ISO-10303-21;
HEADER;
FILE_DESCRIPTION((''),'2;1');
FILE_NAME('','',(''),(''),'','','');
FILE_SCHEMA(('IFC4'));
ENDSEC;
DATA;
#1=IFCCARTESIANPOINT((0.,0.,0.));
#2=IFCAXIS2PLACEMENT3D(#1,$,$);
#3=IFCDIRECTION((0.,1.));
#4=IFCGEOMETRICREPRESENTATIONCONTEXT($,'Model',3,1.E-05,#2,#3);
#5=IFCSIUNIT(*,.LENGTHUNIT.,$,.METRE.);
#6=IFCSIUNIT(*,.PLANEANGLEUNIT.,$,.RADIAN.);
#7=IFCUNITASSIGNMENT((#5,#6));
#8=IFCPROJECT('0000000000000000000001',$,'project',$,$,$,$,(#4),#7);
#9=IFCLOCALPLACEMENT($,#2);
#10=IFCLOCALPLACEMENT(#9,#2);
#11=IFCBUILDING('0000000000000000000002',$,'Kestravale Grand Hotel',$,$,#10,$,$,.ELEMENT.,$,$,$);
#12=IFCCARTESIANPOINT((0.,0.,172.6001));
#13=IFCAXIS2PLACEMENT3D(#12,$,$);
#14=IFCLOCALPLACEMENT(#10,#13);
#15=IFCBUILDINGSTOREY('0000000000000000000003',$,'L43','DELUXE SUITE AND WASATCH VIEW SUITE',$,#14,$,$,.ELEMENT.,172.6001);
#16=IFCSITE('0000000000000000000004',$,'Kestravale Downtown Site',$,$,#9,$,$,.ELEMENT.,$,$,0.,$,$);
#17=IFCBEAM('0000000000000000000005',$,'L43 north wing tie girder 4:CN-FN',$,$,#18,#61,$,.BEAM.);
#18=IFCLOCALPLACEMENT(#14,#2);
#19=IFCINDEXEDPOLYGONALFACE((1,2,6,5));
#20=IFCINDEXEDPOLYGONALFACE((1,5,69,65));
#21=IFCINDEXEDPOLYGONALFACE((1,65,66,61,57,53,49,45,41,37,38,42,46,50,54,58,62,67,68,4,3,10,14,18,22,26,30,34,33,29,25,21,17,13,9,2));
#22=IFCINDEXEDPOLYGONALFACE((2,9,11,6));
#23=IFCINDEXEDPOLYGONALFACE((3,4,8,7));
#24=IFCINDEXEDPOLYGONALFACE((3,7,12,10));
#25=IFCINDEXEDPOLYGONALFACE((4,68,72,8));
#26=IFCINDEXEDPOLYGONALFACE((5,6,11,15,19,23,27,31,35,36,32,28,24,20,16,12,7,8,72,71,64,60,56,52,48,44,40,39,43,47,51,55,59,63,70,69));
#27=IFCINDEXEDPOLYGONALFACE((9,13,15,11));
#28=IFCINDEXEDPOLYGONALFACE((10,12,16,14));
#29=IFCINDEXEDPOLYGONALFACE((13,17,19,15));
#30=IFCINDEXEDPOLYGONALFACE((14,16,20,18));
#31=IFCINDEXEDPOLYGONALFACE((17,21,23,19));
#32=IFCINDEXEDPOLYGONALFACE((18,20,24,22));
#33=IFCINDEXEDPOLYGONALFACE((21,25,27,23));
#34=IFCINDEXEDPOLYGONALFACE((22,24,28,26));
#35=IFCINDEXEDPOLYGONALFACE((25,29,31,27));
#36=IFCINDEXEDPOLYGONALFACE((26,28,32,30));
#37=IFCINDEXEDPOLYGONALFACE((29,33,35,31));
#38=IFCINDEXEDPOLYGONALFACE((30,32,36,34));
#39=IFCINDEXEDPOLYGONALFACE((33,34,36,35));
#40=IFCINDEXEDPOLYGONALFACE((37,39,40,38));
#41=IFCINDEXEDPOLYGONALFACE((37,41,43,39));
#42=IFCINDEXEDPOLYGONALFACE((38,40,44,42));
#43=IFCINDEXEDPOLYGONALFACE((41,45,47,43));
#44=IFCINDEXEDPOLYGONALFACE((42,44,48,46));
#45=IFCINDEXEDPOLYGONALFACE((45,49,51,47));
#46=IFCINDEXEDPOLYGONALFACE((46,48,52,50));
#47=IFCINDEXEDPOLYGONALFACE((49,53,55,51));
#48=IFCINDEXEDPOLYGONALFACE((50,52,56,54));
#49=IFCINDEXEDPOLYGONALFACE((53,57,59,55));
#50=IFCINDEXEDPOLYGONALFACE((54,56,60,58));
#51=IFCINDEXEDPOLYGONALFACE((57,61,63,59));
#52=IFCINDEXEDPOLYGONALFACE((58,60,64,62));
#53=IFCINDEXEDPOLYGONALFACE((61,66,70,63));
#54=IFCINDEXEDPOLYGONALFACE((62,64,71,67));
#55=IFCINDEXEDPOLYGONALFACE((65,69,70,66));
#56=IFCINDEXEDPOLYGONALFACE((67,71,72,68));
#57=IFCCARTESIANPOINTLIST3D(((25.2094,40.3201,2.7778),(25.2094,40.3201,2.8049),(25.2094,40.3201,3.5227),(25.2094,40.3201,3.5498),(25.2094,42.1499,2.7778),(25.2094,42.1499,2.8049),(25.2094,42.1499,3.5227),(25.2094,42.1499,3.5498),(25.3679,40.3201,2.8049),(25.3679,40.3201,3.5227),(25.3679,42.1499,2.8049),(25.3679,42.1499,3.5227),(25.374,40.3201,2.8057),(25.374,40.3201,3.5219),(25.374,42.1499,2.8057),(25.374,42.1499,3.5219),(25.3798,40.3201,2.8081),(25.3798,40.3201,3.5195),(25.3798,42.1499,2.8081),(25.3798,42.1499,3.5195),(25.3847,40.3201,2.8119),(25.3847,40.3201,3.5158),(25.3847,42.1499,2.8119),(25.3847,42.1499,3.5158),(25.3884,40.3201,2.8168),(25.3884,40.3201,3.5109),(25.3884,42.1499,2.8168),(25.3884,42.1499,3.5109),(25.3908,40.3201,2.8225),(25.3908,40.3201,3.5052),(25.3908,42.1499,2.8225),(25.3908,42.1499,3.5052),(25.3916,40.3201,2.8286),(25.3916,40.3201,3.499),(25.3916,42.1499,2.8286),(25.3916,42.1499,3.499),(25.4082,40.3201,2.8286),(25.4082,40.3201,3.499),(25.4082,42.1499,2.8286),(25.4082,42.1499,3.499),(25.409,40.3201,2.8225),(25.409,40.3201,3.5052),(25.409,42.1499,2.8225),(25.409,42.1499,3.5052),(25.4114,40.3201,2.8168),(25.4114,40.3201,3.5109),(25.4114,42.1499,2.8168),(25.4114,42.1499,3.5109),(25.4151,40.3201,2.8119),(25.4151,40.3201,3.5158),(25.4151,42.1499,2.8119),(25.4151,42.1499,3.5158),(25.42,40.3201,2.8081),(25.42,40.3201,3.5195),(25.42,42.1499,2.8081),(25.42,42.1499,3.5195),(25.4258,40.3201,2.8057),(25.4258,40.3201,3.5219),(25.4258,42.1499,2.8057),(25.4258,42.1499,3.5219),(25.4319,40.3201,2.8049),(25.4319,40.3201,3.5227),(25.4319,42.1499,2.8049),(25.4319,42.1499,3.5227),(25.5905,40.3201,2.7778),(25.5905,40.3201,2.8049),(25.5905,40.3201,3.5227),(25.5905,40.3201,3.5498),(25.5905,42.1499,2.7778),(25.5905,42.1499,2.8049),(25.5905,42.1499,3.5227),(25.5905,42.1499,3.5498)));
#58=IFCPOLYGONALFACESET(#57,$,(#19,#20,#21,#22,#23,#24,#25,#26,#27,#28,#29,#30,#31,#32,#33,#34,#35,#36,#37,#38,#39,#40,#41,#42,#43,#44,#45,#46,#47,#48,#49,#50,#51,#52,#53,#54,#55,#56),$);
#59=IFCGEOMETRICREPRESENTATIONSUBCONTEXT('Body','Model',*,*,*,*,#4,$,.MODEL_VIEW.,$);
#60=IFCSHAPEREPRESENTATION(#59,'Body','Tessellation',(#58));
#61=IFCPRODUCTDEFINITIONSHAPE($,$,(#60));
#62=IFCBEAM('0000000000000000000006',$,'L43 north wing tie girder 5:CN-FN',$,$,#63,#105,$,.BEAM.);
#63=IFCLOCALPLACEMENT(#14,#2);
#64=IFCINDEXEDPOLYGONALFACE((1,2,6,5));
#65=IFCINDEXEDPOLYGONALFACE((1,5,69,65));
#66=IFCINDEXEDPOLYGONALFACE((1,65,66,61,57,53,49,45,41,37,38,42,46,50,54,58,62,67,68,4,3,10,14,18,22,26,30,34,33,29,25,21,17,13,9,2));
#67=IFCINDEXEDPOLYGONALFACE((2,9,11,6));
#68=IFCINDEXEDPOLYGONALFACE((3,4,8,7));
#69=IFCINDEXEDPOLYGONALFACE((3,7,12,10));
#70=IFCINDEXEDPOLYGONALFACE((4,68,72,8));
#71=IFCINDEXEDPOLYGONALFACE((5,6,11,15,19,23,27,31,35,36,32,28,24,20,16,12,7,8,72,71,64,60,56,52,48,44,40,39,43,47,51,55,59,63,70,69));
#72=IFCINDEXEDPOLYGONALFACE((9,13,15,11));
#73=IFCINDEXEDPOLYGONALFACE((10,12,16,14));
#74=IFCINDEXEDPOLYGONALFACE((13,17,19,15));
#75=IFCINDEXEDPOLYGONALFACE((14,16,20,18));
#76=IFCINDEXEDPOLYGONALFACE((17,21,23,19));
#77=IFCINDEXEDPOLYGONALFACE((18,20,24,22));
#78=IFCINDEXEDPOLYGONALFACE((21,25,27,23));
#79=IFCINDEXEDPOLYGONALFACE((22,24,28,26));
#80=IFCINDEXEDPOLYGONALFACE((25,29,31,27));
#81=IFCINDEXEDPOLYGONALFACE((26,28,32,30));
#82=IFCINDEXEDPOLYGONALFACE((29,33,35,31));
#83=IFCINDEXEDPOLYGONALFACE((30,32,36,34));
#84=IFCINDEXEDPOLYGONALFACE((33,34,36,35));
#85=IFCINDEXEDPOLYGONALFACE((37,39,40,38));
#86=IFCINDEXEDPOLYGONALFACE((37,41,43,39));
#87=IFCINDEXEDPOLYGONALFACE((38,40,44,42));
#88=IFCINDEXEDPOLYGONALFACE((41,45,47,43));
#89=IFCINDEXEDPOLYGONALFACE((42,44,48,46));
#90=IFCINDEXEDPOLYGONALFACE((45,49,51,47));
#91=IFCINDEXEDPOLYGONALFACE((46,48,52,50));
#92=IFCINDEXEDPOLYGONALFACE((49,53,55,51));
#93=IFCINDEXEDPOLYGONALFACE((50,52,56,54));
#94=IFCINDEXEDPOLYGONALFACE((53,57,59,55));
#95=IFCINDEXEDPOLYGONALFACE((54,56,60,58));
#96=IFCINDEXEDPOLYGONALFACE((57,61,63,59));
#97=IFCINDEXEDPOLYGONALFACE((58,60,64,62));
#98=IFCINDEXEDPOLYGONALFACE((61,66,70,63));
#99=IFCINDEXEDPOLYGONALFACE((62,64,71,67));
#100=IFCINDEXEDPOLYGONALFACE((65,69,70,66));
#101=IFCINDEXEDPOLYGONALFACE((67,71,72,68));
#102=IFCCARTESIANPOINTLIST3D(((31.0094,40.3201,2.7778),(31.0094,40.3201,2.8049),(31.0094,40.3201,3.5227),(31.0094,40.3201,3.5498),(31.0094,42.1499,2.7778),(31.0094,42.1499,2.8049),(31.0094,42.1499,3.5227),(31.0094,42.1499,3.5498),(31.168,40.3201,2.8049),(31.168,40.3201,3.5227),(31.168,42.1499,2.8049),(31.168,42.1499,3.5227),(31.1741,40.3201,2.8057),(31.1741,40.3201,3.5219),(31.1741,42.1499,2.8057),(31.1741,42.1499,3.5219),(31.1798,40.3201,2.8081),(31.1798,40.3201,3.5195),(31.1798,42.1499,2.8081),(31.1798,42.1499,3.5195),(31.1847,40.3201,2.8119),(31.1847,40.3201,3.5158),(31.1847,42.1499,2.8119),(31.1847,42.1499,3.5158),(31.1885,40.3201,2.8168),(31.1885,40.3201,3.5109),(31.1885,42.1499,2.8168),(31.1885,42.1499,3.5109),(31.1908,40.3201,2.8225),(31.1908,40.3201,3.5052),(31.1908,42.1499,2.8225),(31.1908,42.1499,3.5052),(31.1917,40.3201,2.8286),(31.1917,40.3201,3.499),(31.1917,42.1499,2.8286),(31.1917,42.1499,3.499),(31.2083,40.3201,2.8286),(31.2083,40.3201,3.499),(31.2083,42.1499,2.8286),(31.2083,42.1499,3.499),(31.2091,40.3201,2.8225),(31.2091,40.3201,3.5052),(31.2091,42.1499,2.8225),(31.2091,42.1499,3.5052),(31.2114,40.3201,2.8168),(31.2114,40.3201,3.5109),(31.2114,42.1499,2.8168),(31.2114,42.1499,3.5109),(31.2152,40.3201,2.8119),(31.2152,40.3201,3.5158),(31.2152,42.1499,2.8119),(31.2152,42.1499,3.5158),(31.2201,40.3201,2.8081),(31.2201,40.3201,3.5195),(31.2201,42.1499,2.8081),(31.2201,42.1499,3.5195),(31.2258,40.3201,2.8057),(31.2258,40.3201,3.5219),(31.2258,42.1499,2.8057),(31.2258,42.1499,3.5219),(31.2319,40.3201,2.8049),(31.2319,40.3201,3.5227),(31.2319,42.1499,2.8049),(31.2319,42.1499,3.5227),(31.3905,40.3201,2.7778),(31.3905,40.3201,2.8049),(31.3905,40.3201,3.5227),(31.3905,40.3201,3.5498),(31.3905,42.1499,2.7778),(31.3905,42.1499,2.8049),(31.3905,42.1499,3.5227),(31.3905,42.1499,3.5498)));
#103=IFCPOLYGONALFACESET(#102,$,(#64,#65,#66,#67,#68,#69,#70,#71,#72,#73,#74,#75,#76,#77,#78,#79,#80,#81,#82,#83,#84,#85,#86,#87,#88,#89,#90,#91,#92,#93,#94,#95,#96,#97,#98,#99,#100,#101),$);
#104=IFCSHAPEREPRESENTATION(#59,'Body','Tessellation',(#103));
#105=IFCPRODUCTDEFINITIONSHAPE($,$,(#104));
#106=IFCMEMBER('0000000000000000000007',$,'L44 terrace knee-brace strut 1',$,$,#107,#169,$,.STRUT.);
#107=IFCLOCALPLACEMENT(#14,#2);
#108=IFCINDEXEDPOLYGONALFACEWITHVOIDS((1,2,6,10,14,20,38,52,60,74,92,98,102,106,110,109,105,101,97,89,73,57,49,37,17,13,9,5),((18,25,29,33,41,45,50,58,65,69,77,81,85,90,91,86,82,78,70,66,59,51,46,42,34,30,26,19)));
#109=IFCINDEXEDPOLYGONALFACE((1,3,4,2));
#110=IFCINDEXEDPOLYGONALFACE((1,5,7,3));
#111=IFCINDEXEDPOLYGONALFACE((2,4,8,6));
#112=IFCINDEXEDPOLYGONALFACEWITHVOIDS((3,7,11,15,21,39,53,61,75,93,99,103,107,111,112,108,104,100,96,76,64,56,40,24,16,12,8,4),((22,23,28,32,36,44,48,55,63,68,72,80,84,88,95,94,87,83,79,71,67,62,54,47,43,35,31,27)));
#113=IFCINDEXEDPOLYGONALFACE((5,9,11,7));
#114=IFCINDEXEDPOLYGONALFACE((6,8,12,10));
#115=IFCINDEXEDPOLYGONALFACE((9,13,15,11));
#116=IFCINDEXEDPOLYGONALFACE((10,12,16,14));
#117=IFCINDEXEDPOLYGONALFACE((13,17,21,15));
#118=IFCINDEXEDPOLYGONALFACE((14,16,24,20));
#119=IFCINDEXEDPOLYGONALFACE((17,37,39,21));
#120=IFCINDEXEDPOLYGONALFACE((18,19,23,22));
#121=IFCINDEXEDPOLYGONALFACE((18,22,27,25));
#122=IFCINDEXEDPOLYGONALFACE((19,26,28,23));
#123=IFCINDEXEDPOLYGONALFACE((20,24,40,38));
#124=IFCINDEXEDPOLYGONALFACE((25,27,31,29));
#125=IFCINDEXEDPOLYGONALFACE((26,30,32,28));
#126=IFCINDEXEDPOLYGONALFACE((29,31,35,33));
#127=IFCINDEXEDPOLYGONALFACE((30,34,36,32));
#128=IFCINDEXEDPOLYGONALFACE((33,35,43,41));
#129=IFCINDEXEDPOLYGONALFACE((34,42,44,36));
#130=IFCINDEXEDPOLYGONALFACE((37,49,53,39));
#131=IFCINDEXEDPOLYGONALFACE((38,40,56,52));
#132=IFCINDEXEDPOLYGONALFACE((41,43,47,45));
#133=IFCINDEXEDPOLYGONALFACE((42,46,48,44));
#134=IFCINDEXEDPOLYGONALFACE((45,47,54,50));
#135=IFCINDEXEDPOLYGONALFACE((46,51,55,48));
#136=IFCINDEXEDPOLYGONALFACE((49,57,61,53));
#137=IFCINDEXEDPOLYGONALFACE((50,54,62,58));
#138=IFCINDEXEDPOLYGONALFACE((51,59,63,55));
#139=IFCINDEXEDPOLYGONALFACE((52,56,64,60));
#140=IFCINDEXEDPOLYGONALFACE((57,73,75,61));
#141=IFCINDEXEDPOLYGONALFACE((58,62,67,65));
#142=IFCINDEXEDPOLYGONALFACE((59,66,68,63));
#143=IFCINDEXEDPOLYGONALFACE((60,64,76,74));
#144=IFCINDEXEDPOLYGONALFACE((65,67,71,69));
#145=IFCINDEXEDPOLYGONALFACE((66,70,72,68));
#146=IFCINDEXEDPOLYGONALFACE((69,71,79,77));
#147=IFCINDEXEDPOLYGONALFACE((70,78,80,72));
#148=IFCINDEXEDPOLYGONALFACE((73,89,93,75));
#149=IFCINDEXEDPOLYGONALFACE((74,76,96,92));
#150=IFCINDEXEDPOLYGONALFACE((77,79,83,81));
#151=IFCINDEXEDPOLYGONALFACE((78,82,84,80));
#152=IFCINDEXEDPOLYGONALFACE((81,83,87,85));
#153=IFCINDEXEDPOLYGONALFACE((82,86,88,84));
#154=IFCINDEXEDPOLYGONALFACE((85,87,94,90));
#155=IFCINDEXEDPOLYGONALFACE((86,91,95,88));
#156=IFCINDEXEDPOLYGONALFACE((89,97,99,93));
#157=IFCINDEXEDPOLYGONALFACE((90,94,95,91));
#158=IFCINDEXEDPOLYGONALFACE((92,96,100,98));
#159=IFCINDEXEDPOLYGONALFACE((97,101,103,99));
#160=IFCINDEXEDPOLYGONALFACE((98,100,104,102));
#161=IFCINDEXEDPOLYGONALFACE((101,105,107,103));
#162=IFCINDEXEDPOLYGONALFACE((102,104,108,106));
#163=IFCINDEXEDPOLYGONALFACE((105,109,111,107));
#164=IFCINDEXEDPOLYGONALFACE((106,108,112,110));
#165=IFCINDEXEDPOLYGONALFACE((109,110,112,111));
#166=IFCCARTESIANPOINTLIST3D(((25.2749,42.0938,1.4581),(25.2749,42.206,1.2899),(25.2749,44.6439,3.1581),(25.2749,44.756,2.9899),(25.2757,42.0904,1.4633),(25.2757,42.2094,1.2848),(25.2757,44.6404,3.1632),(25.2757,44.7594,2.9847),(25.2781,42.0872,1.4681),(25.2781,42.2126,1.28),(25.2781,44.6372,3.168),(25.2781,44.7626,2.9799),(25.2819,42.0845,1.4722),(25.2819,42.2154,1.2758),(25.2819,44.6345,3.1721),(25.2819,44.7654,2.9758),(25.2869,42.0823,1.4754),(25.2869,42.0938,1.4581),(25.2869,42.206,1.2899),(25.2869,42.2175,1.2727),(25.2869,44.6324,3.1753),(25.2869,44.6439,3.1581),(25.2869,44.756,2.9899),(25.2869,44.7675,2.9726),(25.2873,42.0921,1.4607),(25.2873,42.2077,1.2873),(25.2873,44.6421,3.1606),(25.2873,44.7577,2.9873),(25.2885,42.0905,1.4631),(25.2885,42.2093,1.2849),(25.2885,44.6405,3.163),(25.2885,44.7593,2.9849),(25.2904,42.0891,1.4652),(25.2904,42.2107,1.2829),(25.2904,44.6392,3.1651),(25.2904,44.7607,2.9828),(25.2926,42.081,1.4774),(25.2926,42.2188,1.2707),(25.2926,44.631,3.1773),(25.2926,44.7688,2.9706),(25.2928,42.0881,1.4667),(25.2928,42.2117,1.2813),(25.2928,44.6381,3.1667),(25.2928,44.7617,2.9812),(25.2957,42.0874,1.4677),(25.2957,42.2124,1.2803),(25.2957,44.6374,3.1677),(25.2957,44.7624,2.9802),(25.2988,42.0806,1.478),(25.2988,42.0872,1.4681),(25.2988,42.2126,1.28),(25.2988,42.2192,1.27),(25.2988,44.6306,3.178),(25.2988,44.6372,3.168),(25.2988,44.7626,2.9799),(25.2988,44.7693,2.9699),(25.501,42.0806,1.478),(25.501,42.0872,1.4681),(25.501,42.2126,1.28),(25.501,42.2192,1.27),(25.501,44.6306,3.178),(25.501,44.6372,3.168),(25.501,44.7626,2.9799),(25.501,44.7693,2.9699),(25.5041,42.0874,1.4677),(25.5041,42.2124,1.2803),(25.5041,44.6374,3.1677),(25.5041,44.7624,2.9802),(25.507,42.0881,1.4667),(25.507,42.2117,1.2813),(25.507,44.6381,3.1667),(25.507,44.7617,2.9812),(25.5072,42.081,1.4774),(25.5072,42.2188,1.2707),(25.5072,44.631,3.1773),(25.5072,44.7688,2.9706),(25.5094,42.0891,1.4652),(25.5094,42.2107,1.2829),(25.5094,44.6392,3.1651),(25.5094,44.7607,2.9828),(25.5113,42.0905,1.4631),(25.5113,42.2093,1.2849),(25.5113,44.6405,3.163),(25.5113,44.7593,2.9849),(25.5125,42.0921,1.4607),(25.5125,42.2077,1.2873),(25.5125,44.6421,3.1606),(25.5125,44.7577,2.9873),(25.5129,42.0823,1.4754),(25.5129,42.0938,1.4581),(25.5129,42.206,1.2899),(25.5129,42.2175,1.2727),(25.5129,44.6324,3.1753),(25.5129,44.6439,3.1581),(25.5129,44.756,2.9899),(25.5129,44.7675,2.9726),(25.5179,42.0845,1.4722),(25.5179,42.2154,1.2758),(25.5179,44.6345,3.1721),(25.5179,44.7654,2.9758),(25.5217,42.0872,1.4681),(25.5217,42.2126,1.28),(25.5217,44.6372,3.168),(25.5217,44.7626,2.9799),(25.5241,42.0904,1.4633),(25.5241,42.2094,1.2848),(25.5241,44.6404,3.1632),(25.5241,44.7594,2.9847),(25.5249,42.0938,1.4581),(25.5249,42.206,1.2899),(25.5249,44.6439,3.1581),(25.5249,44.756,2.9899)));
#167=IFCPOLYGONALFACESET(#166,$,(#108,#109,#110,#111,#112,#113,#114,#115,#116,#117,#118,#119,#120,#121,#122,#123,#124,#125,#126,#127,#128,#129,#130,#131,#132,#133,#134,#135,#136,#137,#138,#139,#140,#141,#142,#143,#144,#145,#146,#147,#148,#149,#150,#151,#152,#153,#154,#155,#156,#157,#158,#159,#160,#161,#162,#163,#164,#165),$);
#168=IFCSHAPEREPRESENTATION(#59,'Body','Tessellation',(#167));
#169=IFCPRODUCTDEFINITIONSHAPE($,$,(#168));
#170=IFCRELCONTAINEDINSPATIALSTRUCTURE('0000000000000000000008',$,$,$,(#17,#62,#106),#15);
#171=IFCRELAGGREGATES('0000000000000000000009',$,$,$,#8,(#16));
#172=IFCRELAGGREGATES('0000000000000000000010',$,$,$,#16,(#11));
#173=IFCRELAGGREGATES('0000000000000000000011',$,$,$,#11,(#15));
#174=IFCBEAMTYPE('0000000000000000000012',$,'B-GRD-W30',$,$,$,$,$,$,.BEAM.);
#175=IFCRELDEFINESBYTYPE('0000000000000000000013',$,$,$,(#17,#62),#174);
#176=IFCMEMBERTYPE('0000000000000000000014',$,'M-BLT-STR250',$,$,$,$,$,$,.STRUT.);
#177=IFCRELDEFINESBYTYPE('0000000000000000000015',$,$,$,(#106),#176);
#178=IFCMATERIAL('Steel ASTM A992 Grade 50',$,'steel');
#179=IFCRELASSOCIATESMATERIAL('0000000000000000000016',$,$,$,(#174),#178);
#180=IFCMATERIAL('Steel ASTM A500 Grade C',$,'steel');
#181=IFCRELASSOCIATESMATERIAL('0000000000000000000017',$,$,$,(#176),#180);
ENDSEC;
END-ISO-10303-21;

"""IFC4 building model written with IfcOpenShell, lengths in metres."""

from ifc_helpers import new_model, si_unit, direction, frame, origin, origin_2d, place, context, subcontext, project, spatial, hollow_rectangle, i_section, extrude, material, material_profile, profile_set, type_object, element, save


model = new_model("IFC4")

# Units and contexts
model_context = context("Model", 3, precision=1e-05, world=origin(), true_north=direction((0.0, 1.0)))
body_context = subcontext(model_context, "Body", "Model", "MODEL_VIEW")
ifc_project = project(units=[si_unit("LENGTHUNIT", "METRE"), si_unit("PLANEANGLEUNIT", "RADIAN")], contexts=[model_context])

# Site, building, storey
site_placement = place(None, origin())
site = spatial("IfcSite", under=ifc_project, at=site_placement, Name="Kestravale Downtown Site", CompositionType="ELEMENT", RefElevation=0.0)
building_placement = place(site_placement, origin())
building = spatial("IfcBuilding", under=site, at=building_placement, Name="Kestravale Grand Hotel", CompositionType="ELEMENT")
storey_placement = place(building_placement, frame((0.0, 0.0, 172.6001)))
storey = spatial("IfcBuildingStorey", under=building, at=storey_placement, Name="L43", Description="DELUXE SUITE AND WASATCH VIEW SUITE", CompositionType="ELEMENT", Elevation=172.6001)

# Beams
ifc_material_1 = material(Name="Steel ASTM A992 Grade 50", Category="steel")
ifc_material_profile_1 = material_profile(ifc_material_1, i_section(OverallWidth=0.3811, OverallDepth=0.772, WebThickness=0.0166, FlangeThickness=0.0271, FilletRadius=0.0237, at=origin_2d()))
ifc_profile_set_1 = profile_set([ifc_material_profile_1], Name="Steel ASTM A992 Grade 50")
beam_type_1 = type_object("IfcBeamType", Name="B-GRD-W30", PredefinedType="BEAM", material=ifc_profile_set_1)
for number, where, z_axis, x_axis, name in (
    (1, (25.3999, 40.3201, 3.1638), (0.0, 1.0, 0.0), (-1.0, 0.0, 0.0), "L43 north wing tie girder 4:CN-FN"),
    (2, (31.2, 40.3201, 3.1638), (0.0, 1.0, 0.0), (-1.0, 0.0, 0.0), "L43 north wing tie girder 5:CN-FN"),
):
    element("IfcBeam", number, at=place(storey_placement, frame(where, z_axis=z_axis, x_axis=x_axis)), inside=storey, type_object=beam_type_1, Name=name, PredefinedType="BEAM", context=body_context, shape_type="SweptSolid", body=[
        extrude(i_section(OverallWidth=0.3811, OverallDepth=0.772, WebThickness=0.0166, FlangeThickness=0.0271, FilletRadius=0.0237, at=origin_2d()), origin(), (0.0, 0.0, 1.0), 1.8298),
    ])

# Member
ifc_material_2 = material(Name="Steel ASTM A500 Grade C", Category="steel")
ifc_material_profile_2 = material_profile(ifc_material_2, hollow_rectangle(XDim=0.25, YDim=0.25, WallThickness=0.012, InnerFilletRadius=0.012, OuterFilletRadius=0.0239, at=origin_2d()))
ifc_profile_set_2 = profile_set([ifc_material_profile_2], Name="Steel ASTM A500 Grade C")
member_type = type_object("IfcMemberType", Name="M-BLT-STR250", PredefinedType="STRUT", material=ifc_profile_set_2)
for number, where, z_axis, x_axis, name in (
    (3, (25.3999, 42.1499, 1.374), (0.0, 0.832063, 0.554682), (-1.0, 0.0, 0.0), "L44 terrace knee-brace strut 1"),
):
    element("IfcMember", number, at=place(storey_placement, frame(where, z_axis=z_axis, x_axis=x_axis)), inside=storey, type_object=member_type, Name=name, PredefinedType="STRUT", context=body_context, shape_type="SweptSolid", body=[
        extrude(hollow_rectangle(XDim=0.25, YDim=0.25, WallThickness=0.012, InnerFilletRadius=0.012, OuterFilletRadius=0.0239, at=origin_2d()), origin(), (0.0, 0.0, 1.0), 3.0647),
    ])

save(model, "model.ifc")
